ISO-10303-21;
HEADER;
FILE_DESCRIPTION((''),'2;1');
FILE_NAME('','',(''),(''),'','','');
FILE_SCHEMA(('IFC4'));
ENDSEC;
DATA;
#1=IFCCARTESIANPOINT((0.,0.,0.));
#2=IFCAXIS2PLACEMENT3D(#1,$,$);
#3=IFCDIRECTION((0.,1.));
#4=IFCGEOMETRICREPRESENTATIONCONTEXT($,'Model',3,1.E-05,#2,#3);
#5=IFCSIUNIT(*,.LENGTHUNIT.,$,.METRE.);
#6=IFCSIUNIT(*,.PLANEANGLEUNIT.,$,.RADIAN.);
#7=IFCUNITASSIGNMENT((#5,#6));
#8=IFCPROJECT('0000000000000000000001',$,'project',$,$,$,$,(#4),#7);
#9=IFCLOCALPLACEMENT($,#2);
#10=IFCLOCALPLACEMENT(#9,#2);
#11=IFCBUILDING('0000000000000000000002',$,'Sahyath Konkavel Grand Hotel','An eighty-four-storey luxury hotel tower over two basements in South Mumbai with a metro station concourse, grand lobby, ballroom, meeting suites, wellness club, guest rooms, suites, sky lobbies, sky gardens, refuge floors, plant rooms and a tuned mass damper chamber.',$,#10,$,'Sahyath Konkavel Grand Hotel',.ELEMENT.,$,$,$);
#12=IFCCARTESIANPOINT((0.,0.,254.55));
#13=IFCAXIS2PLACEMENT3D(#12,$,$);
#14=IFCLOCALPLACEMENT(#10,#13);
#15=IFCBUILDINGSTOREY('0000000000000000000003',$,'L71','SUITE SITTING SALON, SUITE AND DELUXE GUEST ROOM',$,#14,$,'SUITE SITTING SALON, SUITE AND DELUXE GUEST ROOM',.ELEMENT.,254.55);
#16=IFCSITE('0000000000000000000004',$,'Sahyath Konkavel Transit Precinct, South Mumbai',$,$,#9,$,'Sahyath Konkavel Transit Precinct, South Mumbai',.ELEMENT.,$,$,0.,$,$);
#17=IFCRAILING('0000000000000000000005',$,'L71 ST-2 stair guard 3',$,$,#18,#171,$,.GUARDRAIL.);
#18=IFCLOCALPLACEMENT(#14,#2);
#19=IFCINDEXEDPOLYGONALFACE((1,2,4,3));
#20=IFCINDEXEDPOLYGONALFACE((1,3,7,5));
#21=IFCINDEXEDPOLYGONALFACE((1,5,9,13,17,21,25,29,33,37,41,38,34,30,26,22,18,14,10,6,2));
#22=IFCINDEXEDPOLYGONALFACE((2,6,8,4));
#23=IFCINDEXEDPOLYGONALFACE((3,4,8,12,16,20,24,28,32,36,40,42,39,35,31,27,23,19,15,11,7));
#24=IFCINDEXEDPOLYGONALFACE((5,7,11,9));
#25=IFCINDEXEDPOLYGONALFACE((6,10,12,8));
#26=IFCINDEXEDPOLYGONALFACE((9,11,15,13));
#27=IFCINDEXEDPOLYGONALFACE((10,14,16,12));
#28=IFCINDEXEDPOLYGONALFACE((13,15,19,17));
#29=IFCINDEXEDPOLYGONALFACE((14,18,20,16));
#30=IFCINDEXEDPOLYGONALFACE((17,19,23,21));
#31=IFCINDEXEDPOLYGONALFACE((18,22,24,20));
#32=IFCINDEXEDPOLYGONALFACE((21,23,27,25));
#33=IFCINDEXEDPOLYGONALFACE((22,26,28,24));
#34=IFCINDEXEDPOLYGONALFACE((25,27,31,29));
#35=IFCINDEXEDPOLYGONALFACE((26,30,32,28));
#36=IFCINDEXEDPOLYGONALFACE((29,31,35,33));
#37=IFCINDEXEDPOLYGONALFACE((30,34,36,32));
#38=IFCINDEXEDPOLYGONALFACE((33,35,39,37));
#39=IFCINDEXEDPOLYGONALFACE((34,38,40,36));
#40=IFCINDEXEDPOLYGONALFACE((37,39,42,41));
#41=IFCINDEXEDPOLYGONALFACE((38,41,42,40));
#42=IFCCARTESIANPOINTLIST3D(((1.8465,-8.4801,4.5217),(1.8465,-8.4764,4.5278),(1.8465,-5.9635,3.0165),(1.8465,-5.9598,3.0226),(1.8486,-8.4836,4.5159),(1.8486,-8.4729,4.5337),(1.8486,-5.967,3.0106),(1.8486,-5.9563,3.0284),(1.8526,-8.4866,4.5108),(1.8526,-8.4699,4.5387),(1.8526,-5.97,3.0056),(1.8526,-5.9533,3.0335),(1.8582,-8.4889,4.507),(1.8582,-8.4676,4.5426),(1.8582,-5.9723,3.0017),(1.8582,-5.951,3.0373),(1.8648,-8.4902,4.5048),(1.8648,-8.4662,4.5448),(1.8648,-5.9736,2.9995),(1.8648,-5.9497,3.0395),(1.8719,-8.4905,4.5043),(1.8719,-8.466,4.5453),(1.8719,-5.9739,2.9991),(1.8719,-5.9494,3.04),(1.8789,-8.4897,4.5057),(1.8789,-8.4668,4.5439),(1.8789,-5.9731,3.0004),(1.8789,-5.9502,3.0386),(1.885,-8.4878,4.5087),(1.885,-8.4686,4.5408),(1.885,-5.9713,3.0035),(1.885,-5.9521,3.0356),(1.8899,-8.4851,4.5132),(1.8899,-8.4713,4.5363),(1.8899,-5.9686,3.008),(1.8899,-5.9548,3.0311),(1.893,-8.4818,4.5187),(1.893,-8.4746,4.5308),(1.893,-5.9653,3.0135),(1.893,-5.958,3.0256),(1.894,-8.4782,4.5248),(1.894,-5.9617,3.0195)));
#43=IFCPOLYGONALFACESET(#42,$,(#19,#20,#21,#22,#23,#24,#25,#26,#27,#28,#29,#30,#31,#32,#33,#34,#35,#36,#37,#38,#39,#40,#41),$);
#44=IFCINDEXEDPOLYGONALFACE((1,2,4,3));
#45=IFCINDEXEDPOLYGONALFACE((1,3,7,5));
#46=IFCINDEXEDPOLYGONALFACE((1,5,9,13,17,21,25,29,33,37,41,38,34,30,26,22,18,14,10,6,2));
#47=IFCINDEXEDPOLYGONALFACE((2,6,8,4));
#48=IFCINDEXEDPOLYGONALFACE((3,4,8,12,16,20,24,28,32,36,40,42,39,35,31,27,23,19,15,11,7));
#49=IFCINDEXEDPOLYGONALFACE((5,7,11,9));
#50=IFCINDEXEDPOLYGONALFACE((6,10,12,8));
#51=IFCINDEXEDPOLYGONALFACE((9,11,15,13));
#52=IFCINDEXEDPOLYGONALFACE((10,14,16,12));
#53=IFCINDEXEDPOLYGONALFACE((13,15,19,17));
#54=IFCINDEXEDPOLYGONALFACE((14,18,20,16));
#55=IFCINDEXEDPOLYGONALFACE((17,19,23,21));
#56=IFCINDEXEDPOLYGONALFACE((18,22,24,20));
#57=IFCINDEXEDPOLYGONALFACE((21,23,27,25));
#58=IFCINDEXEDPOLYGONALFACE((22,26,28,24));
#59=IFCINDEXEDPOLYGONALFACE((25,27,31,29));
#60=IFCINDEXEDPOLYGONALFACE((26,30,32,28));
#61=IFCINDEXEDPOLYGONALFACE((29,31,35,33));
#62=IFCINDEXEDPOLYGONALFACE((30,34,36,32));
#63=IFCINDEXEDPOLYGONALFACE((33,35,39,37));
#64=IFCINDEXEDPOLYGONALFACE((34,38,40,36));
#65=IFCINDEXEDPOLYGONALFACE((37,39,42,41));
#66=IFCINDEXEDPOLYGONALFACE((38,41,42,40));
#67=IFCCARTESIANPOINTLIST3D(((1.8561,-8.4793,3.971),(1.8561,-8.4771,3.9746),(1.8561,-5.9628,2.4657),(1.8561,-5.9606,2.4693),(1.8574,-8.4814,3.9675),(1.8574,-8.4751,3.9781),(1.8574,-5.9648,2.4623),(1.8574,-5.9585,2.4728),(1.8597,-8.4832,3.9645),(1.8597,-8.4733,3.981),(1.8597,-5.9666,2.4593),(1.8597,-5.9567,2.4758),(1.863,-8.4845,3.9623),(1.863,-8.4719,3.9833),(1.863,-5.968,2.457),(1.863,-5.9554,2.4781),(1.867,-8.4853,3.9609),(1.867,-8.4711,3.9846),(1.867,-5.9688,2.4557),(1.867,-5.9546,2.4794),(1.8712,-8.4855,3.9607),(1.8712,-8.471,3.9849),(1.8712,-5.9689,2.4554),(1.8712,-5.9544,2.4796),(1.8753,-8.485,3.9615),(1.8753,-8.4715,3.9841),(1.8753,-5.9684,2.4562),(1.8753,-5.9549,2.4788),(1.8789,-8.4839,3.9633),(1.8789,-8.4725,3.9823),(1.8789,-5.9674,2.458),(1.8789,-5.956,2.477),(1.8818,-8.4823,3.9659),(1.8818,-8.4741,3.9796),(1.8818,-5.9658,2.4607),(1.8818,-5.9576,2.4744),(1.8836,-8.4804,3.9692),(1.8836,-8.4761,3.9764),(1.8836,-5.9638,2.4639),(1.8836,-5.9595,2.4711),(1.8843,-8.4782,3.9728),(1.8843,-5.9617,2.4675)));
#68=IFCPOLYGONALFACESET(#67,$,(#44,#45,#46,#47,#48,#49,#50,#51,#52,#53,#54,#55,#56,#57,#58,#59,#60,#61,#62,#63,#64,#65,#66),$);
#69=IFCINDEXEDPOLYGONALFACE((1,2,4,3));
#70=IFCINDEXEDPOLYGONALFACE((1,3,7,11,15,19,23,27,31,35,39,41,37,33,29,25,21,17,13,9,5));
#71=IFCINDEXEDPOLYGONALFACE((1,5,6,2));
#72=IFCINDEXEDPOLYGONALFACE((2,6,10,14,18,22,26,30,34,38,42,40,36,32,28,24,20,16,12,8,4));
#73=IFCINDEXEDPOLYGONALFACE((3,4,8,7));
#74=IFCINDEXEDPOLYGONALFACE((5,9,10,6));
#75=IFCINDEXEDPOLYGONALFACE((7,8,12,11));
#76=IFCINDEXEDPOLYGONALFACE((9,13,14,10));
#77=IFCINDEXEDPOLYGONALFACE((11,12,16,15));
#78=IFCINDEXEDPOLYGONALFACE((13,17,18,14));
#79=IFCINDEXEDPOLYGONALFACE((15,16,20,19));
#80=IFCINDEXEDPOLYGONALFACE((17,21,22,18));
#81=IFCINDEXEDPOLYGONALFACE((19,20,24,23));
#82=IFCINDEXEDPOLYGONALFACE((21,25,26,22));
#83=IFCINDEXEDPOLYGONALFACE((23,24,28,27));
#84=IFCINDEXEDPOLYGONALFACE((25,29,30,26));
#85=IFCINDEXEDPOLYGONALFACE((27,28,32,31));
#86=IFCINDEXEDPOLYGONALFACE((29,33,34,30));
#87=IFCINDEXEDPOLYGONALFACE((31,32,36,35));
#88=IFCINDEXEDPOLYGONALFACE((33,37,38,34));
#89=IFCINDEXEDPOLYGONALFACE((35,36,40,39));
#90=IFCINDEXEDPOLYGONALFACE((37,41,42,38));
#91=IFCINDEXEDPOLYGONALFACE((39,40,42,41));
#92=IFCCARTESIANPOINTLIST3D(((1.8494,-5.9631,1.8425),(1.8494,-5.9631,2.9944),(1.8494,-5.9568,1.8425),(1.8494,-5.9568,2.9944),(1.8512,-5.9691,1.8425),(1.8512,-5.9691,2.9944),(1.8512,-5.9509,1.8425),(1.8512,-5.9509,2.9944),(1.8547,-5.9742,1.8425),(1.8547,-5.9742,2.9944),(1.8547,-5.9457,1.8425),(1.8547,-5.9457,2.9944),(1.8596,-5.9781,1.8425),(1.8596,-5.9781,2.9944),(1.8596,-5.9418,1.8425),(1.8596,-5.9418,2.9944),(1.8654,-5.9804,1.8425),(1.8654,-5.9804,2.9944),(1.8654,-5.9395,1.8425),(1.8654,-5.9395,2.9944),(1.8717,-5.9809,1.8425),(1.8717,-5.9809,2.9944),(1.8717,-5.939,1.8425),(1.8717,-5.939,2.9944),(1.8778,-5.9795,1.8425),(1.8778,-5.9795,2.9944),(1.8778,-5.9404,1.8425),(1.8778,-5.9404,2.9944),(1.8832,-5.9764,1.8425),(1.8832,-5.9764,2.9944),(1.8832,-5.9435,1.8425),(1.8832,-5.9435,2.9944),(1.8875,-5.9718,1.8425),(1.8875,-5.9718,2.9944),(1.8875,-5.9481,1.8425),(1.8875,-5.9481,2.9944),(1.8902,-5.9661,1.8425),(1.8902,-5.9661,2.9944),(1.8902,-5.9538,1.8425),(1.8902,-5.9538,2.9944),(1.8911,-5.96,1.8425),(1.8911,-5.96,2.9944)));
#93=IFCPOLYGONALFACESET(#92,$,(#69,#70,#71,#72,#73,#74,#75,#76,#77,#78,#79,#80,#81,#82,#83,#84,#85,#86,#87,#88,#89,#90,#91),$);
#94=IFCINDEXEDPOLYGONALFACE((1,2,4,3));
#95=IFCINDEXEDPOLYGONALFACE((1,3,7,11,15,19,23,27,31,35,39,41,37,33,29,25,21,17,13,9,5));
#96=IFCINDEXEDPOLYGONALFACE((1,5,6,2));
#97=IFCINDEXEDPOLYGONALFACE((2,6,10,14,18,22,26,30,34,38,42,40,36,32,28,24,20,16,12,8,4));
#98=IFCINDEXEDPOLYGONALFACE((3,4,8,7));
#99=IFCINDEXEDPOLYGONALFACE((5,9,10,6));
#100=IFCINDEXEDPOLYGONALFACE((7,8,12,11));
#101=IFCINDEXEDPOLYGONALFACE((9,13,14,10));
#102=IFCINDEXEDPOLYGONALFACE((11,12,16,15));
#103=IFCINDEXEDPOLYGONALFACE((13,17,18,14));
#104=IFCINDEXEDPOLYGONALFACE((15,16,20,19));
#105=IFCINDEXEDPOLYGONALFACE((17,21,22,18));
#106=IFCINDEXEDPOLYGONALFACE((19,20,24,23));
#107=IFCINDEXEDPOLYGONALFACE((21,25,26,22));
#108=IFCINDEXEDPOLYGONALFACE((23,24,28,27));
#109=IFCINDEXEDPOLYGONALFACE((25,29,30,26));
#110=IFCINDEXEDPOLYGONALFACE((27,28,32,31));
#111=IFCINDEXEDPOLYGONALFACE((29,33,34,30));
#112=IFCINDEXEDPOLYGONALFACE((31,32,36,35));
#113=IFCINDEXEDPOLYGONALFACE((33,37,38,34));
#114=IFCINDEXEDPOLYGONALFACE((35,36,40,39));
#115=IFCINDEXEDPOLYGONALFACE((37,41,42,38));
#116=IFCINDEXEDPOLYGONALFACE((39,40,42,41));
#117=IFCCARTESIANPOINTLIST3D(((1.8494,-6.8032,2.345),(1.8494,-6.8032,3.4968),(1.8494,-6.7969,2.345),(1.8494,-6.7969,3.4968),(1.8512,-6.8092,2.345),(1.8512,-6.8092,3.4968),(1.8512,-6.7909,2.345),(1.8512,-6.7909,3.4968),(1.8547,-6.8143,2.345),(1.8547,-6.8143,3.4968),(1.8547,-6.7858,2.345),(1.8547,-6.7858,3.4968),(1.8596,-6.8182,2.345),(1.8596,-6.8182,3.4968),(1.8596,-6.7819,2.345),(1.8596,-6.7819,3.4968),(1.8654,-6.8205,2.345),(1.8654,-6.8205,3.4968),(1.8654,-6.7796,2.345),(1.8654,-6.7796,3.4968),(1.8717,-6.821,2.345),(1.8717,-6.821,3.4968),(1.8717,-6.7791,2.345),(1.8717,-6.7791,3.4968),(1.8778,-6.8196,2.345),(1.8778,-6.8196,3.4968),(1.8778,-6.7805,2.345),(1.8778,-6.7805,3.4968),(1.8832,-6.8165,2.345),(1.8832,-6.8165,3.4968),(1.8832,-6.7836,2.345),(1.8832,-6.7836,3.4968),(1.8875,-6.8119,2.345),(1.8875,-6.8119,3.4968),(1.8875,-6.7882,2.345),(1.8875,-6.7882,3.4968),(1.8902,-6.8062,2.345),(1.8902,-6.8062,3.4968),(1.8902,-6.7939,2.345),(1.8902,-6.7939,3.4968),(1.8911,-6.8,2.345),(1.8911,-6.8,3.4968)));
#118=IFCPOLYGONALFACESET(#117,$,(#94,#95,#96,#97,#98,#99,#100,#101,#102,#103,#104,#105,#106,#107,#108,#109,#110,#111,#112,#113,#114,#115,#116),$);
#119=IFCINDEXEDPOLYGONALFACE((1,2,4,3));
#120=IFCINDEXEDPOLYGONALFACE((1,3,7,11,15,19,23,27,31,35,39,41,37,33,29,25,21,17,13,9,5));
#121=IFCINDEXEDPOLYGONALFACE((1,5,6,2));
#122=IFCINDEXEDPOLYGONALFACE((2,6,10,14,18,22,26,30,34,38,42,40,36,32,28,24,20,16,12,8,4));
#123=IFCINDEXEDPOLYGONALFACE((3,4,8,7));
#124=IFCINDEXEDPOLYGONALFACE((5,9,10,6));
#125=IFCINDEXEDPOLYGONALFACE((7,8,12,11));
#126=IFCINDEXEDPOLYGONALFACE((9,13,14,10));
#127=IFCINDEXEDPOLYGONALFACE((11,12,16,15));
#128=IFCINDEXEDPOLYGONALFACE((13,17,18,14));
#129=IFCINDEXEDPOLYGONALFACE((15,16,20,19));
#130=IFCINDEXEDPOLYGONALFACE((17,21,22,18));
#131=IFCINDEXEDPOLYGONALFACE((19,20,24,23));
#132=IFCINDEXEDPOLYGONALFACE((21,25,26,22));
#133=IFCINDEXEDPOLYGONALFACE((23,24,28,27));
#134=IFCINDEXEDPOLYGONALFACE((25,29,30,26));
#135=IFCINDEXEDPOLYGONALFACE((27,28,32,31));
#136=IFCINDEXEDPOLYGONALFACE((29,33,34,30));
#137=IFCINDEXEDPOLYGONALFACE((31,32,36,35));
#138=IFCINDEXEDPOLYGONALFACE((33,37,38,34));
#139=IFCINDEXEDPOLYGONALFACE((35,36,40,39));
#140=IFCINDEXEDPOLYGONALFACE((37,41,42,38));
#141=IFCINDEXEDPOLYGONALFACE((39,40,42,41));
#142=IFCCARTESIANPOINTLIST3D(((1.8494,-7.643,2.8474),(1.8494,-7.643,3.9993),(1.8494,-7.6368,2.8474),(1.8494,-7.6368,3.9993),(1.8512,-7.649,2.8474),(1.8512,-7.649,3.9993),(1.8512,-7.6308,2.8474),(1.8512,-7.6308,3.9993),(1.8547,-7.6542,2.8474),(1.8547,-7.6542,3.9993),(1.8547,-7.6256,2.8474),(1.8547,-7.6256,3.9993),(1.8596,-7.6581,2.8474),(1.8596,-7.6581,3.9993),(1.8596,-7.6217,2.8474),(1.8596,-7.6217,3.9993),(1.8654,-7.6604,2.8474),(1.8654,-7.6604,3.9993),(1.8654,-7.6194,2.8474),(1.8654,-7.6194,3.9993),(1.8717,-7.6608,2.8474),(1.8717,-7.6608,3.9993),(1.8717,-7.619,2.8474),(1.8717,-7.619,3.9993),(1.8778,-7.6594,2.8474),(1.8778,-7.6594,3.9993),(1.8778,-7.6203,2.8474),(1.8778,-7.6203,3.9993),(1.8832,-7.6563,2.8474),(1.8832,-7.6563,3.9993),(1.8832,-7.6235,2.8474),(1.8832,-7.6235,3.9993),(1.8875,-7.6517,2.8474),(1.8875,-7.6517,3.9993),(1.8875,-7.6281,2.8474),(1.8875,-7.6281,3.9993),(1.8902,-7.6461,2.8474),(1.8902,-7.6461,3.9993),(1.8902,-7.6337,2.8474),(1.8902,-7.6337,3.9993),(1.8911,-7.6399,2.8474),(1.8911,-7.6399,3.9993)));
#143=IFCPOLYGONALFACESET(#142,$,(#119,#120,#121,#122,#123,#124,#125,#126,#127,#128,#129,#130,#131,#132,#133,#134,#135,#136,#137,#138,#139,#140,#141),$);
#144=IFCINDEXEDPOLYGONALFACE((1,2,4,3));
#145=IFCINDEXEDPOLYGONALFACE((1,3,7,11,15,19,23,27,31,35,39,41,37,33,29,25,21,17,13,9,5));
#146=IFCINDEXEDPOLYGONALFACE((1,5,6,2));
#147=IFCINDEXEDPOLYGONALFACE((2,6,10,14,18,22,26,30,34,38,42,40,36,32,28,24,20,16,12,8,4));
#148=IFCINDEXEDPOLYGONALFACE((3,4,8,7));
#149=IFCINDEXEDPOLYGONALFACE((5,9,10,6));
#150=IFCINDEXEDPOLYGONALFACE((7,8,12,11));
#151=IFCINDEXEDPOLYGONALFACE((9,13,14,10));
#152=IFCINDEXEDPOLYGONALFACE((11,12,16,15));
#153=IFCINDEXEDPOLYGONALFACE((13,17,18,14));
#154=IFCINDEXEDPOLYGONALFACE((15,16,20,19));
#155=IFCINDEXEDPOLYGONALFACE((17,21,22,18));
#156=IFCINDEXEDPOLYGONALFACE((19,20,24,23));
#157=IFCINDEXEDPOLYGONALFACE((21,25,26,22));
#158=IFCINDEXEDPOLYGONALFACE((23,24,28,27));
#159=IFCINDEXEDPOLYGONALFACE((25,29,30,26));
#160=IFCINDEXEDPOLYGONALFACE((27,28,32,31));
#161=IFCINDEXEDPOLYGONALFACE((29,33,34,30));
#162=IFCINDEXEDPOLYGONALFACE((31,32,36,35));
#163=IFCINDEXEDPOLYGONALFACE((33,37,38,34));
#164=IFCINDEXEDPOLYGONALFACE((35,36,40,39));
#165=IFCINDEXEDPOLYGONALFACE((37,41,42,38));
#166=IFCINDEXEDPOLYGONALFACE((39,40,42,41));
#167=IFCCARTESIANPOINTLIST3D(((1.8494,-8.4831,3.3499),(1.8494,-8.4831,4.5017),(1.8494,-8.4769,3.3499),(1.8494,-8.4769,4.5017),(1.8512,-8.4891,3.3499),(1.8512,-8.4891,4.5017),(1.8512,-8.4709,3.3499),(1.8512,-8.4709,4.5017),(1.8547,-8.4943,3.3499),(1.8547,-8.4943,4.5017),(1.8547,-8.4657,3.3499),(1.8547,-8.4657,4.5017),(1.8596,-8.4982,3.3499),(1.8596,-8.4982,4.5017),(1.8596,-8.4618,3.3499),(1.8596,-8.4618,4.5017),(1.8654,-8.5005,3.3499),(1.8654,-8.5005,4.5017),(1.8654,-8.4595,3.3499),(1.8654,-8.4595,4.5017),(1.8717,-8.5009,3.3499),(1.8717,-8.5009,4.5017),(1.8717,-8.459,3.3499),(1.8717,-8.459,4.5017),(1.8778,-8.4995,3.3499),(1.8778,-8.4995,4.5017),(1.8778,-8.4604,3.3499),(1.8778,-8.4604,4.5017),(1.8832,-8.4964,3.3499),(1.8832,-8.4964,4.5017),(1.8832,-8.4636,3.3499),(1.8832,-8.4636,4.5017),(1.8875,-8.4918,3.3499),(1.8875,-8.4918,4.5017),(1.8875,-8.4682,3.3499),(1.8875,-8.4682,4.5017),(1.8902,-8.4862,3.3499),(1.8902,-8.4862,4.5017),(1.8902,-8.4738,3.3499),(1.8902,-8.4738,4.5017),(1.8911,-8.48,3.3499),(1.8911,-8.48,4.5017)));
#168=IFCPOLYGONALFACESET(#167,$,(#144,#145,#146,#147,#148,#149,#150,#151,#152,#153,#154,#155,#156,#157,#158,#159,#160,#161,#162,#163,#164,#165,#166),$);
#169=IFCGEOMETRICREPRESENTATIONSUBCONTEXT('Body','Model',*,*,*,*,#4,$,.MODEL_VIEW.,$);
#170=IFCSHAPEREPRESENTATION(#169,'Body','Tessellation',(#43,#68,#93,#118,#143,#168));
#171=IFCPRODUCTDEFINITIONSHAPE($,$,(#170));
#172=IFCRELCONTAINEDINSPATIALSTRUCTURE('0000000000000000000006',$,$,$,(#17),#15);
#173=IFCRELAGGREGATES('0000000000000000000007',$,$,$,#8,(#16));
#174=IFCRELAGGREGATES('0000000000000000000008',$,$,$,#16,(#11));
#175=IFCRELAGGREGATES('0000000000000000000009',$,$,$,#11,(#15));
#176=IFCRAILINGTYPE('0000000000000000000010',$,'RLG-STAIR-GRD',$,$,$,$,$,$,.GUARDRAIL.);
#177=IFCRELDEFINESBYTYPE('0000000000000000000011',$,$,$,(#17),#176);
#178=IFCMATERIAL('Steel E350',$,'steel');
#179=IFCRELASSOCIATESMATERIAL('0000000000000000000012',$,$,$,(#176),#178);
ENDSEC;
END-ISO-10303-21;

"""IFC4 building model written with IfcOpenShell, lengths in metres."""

from ifc_helpers import new_model, si_unit, direction, frame, origin, origin_2d, place, context, subcontext, project, spatial, circle, extrude, material, type_object, element, save


model = new_model("IFC4")

# Units and contexts
model_context = context("Model", 3, precision=1e-05, world=origin(), true_north=direction((0.0, 1.0)))
body_context = subcontext(model_context, "Body", "Model", "MODEL_VIEW")
ifc_project = project(units=[si_unit("LENGTHUNIT", "METRE"), si_unit("PLANEANGLEUNIT", "RADIAN")], contexts=[model_context])

# Site, building, storey
site_placement = place(None, origin())
site = spatial("IfcSite", under=ifc_project, at=site_placement, Name="Sahyath Konkavel Transit Precinct, South Mumbai", LongName="Sahyath Konkavel Transit Precinct, South Mumbai", CompositionType="ELEMENT", RefElevation=0.0)
building_placement = place(site_placement, origin())
building = spatial("IfcBuilding", under=site, at=building_placement, Name="Sahyath Konkavel Grand Hotel", Description="An eighty-four-storey luxury hotel tower over two basements in South Mumbai with a metro station concourse, grand lobby, ballroom, meeting suites, wellness club, guest rooms, suites, sky lobbies, sky gardens, refuge floors, plant rooms and a tuned mass damper chamber.", LongName="Sahyath Konkavel Grand Hotel", CompositionType="ELEMENT")
storey_placement = place(building_placement, frame((0.0, 0.0, 254.55)))
storey = spatial("IfcBuildingStorey", under=building, at=storey_placement, Name="L71", Description="SUITE SITTING SALON, SUITE AND DELUXE GUEST ROOM", LongName="SUITE SITTING SALON, SUITE AND DELUXE GUEST ROOM", CompositionType="ELEMENT", Elevation=254.55)

# Shared definitions
ifc_material_1 = material(Name="Steel E350", Category="steel")

# Railing
railing_type_1 = type_object("IfcRailingType", Name="RLG-STAIR-GRD", PredefinedType="GUARDRAIL", material=ifc_material_1)
railing_1_placement = place(storey_placement, frame((1.8701, -5.96, 1.8425)))
element("IfcRailing", 1, at=railing_1_placement, inside=storey, type_object=railing_type_1, Name="L71 ST-2 stair guard 3", PredefinedType="GUARDRAIL", context=body_context, shape_type="SweptSolid", body=[
    extrude(circle(Radius=0.0239, at=origin_2d()), frame((0.0, -0.0017, 1.177), z_axis=(0.0, -0.858196, 0.513321), x_axis=(1.0, 0.0, 0.0)), (0.0, 0.0, 1.0), 2.9324),
    extrude(circle(Radius=0.0142, at=origin_2d()), frame((0.0, -0.0017, 0.625), z_axis=(0.0, -0.858196, 0.513321), x_axis=(1.0, 0.0, 0.0)), (0.0, 0.0, 1.0), 2.9324),
    extrude(circle(Radius=0.021, at=origin_2d()), origin(), (0.0, 0.0, 1.0), 1.1519),
    extrude(circle(Radius=0.021, at=origin_2d()), frame((0.0, -0.8401, 0.5024)), (0.0, 0.0, 1.0), 1.1519),
    extrude(circle(Radius=0.021, at=origin_2d()), frame((0.0, -1.6799, 1.0049)), (0.0, 0.0, 1.0), 1.1519),
    extrude(circle(Radius=0.021, at=origin_2d()), frame((0.0, -2.52, 1.5073)), (0.0, 0.0, 1.0), 1.1519),
])

save(model, "model.ifc")
